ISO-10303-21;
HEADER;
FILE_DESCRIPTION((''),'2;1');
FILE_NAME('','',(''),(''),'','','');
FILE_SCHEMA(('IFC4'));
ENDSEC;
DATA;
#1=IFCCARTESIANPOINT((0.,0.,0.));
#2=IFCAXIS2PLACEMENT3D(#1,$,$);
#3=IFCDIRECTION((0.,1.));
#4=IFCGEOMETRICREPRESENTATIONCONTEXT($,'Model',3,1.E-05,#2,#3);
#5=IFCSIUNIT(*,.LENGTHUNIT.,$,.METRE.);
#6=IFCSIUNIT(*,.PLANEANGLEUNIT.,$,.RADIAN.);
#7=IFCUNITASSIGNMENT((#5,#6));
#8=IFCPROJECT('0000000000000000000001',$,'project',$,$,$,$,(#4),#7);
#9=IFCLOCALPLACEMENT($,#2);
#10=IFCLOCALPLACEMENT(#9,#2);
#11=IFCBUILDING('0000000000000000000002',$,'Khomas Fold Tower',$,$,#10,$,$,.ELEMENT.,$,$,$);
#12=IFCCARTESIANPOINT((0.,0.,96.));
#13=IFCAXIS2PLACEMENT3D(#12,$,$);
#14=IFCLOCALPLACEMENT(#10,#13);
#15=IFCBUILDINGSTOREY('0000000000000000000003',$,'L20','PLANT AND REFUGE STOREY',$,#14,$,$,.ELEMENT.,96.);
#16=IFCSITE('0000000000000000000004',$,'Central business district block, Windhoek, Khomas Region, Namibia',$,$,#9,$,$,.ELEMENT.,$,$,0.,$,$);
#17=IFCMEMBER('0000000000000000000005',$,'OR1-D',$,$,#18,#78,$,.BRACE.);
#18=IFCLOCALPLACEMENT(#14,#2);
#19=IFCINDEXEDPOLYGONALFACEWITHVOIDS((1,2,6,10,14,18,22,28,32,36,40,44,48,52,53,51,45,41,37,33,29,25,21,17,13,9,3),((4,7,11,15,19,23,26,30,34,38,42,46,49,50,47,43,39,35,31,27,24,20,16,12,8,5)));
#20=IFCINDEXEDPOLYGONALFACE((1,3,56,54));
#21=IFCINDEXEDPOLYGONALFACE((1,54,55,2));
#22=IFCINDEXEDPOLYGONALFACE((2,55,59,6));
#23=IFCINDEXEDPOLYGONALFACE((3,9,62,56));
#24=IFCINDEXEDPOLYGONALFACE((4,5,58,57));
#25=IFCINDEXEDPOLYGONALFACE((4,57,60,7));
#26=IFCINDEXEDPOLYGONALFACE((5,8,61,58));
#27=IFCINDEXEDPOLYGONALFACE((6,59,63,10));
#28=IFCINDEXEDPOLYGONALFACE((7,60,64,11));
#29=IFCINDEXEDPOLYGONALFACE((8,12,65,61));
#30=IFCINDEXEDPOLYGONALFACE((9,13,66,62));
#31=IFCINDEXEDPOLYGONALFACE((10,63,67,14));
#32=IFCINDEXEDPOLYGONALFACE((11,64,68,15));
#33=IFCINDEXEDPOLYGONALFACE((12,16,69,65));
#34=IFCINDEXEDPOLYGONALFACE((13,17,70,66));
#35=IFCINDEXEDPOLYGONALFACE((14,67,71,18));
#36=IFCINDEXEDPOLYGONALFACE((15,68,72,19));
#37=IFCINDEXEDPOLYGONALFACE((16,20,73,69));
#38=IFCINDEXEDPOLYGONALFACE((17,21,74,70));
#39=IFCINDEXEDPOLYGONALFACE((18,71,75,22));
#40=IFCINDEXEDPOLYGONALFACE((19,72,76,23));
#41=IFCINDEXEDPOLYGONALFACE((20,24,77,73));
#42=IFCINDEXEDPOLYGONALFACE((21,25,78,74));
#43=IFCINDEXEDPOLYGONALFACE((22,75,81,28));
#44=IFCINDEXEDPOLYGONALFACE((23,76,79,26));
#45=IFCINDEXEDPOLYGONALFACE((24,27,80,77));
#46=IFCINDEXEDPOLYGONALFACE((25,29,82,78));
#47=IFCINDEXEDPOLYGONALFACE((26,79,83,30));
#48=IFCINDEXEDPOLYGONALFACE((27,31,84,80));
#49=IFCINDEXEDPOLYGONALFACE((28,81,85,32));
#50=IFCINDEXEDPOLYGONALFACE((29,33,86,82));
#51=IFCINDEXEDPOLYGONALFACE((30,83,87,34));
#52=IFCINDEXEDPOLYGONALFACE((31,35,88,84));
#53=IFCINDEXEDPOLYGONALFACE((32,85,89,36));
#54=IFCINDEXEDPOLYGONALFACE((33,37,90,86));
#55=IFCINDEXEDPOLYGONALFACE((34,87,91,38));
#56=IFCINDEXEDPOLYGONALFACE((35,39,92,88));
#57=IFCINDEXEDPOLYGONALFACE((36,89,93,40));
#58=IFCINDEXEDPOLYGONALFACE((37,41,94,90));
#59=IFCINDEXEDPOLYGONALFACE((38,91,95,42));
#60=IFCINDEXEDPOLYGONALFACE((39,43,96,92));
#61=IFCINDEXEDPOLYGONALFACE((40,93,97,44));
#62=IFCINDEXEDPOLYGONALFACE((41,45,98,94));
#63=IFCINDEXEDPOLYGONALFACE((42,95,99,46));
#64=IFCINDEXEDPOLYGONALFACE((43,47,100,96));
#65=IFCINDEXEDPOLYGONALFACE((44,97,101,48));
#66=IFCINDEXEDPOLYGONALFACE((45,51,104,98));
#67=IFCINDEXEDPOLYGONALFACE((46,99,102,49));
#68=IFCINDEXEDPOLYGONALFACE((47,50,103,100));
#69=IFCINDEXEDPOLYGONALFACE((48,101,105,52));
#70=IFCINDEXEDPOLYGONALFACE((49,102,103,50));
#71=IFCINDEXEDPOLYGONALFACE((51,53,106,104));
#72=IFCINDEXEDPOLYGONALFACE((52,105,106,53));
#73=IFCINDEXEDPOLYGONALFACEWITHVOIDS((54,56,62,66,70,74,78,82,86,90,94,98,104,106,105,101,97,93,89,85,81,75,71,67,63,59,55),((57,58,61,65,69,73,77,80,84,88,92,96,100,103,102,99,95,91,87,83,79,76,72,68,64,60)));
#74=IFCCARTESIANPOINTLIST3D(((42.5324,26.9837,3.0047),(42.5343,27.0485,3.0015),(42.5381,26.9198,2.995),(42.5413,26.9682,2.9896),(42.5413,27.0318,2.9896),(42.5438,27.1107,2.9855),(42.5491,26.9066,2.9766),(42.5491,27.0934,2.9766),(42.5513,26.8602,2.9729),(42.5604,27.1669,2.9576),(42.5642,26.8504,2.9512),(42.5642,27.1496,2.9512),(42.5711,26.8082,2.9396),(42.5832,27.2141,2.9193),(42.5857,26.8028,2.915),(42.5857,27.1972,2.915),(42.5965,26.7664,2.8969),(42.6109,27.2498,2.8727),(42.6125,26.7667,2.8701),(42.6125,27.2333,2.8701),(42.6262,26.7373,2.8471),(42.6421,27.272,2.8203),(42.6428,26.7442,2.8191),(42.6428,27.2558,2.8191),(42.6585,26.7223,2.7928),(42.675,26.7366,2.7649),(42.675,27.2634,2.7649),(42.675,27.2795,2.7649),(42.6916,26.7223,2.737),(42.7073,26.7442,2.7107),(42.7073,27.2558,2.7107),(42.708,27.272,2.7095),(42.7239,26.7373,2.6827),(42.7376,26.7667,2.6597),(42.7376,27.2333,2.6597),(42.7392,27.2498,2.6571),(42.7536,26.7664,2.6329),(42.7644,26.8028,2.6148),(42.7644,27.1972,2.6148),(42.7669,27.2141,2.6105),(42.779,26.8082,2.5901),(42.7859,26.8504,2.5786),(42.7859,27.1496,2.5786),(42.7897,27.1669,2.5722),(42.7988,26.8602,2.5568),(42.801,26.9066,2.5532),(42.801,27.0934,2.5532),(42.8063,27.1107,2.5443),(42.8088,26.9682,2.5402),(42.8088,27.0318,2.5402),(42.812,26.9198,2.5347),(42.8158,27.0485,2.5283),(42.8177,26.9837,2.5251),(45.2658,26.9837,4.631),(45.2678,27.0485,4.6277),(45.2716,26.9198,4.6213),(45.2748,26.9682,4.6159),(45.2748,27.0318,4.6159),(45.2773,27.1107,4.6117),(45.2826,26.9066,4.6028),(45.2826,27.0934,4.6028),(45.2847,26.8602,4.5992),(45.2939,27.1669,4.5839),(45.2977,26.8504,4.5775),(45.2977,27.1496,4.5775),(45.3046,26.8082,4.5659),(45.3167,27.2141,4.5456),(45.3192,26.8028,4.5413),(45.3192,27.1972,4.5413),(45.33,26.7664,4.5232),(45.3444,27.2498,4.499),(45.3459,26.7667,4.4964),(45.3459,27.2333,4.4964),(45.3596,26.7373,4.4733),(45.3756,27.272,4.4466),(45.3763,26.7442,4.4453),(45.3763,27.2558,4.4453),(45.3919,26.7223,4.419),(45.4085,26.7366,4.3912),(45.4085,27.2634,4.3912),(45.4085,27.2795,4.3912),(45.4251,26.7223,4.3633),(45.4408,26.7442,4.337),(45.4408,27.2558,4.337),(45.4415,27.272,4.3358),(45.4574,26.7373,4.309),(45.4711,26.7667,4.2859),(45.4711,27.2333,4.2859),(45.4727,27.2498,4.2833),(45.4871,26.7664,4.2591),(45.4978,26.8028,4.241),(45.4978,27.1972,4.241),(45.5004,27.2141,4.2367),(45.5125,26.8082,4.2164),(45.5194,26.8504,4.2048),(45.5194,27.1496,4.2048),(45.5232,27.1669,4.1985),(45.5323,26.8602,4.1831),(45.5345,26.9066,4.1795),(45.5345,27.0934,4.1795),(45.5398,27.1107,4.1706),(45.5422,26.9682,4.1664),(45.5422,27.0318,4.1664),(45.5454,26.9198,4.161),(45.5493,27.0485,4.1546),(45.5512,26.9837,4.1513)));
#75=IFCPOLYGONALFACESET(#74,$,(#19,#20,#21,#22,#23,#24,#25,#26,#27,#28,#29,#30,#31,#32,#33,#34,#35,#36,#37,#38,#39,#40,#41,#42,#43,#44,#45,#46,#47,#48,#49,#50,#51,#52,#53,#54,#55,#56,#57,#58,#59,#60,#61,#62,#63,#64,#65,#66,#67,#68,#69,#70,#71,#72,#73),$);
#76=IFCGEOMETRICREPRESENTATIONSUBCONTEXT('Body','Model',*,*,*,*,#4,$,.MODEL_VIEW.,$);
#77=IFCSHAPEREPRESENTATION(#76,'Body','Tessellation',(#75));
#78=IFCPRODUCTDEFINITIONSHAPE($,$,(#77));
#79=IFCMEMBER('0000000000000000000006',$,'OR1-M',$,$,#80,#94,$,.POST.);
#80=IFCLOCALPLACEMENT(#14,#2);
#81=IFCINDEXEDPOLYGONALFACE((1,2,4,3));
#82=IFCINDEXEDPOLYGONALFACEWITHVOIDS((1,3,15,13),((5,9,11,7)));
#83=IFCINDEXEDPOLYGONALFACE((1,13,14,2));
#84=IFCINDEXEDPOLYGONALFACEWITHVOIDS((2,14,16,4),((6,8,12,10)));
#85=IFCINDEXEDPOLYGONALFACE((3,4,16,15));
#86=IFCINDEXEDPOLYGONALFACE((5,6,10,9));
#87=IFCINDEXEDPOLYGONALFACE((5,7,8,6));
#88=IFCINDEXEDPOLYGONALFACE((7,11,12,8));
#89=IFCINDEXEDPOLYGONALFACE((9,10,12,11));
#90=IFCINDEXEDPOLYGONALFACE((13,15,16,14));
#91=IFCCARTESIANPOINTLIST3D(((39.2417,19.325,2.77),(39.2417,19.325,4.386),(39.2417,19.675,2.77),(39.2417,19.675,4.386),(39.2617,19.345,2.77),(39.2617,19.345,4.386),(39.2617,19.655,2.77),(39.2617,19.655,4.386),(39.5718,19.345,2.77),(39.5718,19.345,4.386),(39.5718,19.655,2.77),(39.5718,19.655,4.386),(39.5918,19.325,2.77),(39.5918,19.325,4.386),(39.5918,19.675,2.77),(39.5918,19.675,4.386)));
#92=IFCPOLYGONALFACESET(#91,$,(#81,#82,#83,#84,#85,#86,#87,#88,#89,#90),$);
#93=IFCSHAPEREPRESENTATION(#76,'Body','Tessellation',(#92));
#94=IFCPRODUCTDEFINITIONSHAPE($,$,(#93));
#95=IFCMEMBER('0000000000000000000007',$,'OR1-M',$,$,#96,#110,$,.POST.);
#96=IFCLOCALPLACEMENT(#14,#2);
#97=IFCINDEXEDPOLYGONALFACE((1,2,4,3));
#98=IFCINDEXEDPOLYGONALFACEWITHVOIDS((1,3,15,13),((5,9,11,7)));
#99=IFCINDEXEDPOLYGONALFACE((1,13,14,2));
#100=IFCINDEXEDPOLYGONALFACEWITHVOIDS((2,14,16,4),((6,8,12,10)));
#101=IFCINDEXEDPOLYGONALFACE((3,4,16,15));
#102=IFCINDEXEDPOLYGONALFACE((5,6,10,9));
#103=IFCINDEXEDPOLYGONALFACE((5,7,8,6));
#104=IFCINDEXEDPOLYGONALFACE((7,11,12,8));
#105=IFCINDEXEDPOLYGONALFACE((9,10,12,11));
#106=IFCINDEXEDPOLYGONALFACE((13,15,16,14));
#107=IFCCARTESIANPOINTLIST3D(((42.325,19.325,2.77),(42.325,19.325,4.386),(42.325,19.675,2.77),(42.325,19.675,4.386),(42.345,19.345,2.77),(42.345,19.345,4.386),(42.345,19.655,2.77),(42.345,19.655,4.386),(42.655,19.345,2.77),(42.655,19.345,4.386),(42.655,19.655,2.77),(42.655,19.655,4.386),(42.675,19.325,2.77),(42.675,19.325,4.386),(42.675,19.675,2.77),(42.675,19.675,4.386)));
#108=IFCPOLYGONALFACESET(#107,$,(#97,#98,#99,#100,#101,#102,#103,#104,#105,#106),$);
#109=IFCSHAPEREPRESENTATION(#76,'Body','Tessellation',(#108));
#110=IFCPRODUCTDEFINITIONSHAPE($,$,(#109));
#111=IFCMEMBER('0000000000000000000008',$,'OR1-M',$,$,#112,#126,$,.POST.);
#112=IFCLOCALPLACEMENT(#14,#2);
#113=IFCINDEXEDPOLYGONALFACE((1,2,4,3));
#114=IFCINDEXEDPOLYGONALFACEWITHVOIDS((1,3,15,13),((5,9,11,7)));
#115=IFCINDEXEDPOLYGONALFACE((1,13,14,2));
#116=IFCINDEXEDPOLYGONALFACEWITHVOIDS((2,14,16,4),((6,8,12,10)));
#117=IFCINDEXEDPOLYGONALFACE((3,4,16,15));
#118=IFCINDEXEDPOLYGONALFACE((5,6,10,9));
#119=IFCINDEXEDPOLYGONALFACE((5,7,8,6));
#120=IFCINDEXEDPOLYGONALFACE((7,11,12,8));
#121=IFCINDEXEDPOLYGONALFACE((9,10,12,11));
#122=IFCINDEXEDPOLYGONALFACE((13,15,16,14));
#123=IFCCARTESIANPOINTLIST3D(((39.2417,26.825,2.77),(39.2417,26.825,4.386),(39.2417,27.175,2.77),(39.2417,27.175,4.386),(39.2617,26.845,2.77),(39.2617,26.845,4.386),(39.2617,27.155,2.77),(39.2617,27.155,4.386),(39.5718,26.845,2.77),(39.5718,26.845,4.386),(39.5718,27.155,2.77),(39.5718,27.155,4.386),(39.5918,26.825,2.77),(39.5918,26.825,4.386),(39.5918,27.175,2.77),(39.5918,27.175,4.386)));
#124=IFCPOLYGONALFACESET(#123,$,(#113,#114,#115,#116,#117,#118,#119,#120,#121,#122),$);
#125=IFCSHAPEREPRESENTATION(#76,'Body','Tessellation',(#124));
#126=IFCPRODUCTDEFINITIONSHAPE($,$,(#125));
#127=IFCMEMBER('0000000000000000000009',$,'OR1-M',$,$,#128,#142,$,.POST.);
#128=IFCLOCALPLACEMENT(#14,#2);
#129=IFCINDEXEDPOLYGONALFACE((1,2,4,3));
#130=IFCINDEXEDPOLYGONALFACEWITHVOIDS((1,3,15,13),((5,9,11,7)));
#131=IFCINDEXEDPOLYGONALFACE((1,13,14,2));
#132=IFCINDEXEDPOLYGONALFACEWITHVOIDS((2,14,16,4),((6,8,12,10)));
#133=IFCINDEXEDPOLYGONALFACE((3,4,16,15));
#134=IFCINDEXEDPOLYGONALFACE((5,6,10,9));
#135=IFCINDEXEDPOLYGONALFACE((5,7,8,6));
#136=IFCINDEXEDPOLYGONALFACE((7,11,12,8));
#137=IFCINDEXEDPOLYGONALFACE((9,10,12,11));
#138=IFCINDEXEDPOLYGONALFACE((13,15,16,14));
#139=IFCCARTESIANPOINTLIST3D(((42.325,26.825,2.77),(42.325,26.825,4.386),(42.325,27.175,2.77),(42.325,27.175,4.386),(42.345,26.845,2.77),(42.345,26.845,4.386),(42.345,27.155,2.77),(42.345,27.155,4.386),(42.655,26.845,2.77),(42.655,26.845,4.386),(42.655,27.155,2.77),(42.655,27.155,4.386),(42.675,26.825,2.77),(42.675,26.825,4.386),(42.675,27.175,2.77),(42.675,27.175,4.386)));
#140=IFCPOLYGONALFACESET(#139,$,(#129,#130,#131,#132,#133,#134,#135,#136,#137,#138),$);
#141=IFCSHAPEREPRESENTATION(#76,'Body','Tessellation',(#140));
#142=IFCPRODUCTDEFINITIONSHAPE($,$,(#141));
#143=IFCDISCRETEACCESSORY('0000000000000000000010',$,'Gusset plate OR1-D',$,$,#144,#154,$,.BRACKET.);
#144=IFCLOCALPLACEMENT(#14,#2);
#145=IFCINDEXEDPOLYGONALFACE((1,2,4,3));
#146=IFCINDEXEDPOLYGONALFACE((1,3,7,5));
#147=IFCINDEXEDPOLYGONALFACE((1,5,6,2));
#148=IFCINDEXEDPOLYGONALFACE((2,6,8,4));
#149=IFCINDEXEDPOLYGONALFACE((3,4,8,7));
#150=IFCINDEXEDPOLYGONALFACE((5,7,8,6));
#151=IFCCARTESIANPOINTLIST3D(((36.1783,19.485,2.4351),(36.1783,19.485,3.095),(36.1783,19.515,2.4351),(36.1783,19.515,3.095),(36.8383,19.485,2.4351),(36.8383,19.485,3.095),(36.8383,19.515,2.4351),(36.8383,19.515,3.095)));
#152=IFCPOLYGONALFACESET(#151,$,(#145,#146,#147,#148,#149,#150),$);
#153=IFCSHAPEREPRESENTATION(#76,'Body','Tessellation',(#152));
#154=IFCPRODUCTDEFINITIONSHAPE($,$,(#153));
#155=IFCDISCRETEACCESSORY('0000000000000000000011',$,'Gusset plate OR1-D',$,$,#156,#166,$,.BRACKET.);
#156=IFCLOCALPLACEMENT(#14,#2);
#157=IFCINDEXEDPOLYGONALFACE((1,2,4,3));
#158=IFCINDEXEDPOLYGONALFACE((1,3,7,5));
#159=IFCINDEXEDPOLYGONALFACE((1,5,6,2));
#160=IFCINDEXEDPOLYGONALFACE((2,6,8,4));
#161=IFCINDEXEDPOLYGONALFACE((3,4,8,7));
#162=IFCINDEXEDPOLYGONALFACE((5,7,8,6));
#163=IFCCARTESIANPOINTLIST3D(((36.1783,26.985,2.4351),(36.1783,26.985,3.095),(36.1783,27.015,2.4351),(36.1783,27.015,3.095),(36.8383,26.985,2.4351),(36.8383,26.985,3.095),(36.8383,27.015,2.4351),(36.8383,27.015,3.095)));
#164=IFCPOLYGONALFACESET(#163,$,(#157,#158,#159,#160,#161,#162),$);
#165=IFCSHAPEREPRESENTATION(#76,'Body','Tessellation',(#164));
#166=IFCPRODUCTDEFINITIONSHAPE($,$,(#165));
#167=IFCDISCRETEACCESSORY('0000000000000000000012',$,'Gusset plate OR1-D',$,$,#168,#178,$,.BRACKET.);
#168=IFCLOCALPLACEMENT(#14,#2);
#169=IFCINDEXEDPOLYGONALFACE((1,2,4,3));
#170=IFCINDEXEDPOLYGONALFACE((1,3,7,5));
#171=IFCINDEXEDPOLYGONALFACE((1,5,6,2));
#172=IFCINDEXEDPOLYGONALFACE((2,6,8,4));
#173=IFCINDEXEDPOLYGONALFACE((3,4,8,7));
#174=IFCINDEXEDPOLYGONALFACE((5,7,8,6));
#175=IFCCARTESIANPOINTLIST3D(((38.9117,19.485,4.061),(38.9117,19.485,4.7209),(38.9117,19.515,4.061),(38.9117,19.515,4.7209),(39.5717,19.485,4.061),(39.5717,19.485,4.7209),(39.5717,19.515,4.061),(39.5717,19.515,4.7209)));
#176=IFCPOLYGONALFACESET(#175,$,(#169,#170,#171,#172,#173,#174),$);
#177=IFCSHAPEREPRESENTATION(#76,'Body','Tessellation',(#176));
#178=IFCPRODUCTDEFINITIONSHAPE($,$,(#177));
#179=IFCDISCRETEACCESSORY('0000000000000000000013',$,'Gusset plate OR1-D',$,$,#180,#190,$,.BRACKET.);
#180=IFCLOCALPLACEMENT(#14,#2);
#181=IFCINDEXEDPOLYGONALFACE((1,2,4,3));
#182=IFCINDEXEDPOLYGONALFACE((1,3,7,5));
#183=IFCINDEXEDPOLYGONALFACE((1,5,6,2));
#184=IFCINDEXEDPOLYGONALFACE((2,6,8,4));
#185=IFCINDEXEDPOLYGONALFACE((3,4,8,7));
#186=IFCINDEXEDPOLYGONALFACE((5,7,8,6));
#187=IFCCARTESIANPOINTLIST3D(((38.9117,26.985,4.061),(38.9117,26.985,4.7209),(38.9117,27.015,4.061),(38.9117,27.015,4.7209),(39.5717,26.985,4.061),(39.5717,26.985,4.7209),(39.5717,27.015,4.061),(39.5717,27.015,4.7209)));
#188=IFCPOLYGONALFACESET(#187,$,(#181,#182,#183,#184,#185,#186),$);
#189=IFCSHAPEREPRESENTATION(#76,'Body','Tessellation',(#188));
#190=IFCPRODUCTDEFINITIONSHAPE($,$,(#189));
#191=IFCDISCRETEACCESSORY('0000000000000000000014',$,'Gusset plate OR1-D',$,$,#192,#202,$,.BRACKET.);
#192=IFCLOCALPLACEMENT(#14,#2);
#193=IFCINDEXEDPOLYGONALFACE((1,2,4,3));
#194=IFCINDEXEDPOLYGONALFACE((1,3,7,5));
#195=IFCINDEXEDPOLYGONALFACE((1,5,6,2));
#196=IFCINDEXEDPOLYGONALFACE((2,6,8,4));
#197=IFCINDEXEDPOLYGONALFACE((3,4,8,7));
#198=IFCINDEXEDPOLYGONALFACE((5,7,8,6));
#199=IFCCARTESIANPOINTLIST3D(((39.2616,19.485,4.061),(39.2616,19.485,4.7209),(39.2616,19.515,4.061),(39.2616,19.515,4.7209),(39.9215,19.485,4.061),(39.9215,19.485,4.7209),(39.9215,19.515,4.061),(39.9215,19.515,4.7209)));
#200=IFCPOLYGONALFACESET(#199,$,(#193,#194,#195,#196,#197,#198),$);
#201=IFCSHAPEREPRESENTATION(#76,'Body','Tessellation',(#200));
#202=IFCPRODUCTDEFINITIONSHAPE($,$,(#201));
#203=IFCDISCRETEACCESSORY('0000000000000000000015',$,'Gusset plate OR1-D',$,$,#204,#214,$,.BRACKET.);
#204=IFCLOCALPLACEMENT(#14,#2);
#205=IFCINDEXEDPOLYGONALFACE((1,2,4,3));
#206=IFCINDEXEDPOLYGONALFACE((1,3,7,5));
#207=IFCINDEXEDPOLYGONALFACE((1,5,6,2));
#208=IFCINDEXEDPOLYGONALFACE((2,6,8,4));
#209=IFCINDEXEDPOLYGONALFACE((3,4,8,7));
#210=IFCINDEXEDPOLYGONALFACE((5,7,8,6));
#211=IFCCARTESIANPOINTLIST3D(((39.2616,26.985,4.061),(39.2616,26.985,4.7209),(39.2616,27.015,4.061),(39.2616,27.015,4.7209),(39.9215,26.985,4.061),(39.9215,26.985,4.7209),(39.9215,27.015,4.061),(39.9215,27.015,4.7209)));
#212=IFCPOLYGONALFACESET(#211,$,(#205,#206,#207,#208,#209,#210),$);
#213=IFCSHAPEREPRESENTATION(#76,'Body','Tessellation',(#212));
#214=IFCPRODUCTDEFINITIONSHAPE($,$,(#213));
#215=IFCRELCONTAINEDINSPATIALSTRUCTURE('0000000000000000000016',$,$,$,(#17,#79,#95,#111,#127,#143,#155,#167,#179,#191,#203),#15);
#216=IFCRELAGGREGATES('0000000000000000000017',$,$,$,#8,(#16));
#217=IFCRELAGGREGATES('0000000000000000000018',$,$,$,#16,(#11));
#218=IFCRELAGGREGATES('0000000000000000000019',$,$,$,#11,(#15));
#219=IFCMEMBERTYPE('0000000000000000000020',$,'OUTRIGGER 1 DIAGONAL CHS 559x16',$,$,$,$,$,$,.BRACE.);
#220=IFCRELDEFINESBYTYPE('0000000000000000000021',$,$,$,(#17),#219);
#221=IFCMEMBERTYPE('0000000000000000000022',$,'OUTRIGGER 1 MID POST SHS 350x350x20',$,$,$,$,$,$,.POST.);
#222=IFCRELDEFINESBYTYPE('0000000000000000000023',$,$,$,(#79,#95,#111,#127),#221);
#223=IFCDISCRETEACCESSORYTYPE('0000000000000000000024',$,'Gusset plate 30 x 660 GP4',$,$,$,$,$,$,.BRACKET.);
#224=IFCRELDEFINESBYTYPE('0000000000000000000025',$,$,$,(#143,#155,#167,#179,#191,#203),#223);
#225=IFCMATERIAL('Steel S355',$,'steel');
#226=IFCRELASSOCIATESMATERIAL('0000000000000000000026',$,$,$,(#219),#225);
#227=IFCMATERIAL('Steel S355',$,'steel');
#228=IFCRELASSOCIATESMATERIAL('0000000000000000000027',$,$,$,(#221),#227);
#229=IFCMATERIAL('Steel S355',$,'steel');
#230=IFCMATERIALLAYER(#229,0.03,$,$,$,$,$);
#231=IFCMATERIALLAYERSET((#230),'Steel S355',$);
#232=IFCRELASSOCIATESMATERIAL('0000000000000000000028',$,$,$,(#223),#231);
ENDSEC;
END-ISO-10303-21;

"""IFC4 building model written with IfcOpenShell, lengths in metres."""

from ifc_helpers import new_model, si_unit, direction, frame, origin, origin_2d, place, context, subcontext, project, spatial, rectangle, hollow_rectangle, hollow_circle, extrude, source, transform, mapped, material, layer, layer_set, material_profile, profile_set, type_object, element, save


model = new_model("IFC4")

# Units and contexts
model_context = context("Model", 3, precision=1e-05, world=origin(), true_north=direction((0.0, 1.0)))
body_context = subcontext(model_context, "Body", "Model", "MODEL_VIEW")
ifc_project = project(units=[si_unit("LENGTHUNIT", "METRE"), si_unit("PLANEANGLEUNIT", "RADIAN")], contexts=[model_context])

# Site, building, storey
site_placement = place(None, origin())
site = spatial("IfcSite", under=ifc_project, at=site_placement, Name="Central business district block, Windhoek, Khomas Region, Namibia", CompositionType="ELEMENT", RefElevation=0.0)
building_placement = place(site_placement, origin())
building = spatial("IfcBuilding", under=site, at=building_placement, Name="Khomas Fold Tower", CompositionType="ELEMENT")
storey_placement = place(building_placement, frame((0.0, 0.0, 96.0)))
storey = spatial("IfcBuildingStorey", under=building, at=storey_placement, Name="L20", Description="PLANT AND REFUGE STOREY", CompositionType="ELEMENT", Elevation=96.0)

# Members
ifc_material_1 = material(Name="Steel S355", Category="steel")
ifc_material_profile_1 = material_profile(ifc_material_1, hollow_circle(Radius=0.2795, WallThickness=0.0161, at=origin_2d()), Name="CHS 559x16")
ifc_profile_set_1 = profile_set([ifc_material_profile_1], Name="Steel S355")
member_type_1 = type_object("IfcMemberType", Name="OUTRIGGER 1 DIAGONAL CHS 559x16", PredefinedType="BRACE", material=ifc_profile_set_1)
shared_shape_1 = source(origin(), body_context, "Body", "SweptSolid", [
    extrude(hollow_circle(Radius=0.2795, WallThickness=0.0161, at=origin_2d()), origin(), (0.0, 0.0, 1.0), 3.1807),
])
for number, where, z_axis, x_axis, name in (
    (1, (42.675, 27.0, 2.7649), (0.859404, 0.0, 0.511298), (0.0, 1.0, 0.0), "OR1-D"),
):
    element("IfcMember", number, at=place(storey_placement, frame(where, z_axis=z_axis, x_axis=x_axis)), inside=storey, type_object=member_type_1, Name=name, PredefinedType="BRACE", context=body_context, shape_type="MappedRepresentation", body=[
        mapped(shared_shape_1, transform((0.0, 0.0, 0.0))),
    ])
ifc_material_2 = material(Name="Steel S355", Category="steel")
ifc_material_profile_2 = material_profile(ifc_material_2, hollow_rectangle(XDim=0.3501, YDim=0.3501, WallThickness=0.02, at=origin_2d()), Name="SHS 350x350x20")
ifc_profile_set_2 = profile_set([ifc_material_profile_2], Name="Steel S355")
member_type_2 = type_object("IfcMemberType", Name="OUTRIGGER 1 MID POST SHS 350x350x20", PredefinedType="POST", material=ifc_profile_set_2)
shared_shape_2 = source(origin(), body_context, "Body", "SweptSolid", [
    extrude(hollow_rectangle(XDim=0.3501, YDim=0.3501, WallThickness=0.02, at=origin_2d()), origin(), (0.0, 0.0, 1.0), 1.616),
])
for number, where, z_axis, x_axis, name in (
    (2, (39.4167, 19.5, 2.77), (0.0, 0.0, 1.0), (1.0, 0.0, 0.0), "OR1-M"),
    (3, (42.5, 19.5, 2.77), (0.0, 0.0, 1.0), (1.0, 0.0, 0.0), "OR1-M"),
    (4, (39.4167, 27.0, 2.77), (0.0, 0.0, 1.0), (1.0, 0.0, 0.0), "OR1-M"),
    (5, (42.5, 27.0, 2.77), (0.0, 0.0, 1.0), (1.0, 0.0, 0.0), "OR1-M"),
):
    element("IfcMember", number, at=place(storey_placement, frame(where, z_axis=z_axis, x_axis=x_axis)), inside=storey, type_object=member_type_2, Name=name, PredefinedType="POST", context=body_context, shape_type="MappedRepresentation", body=[
        mapped(shared_shape_2, transform((0.0, 0.0, 0.0))),
    ])

# Discrete accessories
ifc_material_3 = material(Name="Steel S355", Category="steel")
ifc_layer = layer(ifc_material_3, 0.03)
ifc_layer_set = layer_set([ifc_layer], Name="Steel S355")
discrete_accessory_type = type_object("IfcDiscreteAccessoryType", Name="Gusset plate 30 x 660 GP4", PredefinedType="BRACKET", material=ifc_layer_set)
shared_shape_3 = source(origin(), body_context, "Body", "SweptSolid", [
    extrude(rectangle(XDim=0.6599, YDim=0.03, at=origin_2d()), origin(), (0.0, 0.0, 1.0), 0.6599),
])
for number, where, z_axis, x_axis, name in (
    (6, (36.5083, 19.5, 2.4351), (0.0, 0.0, 1.0), (1.0, 0.0, 0.0), "Gusset plate OR1-D"),
    (7, (36.5083, 27.0, 2.4351), (0.0, 0.0, 1.0), (1.0, 0.0, 0.0), "Gusset plate OR1-D"),
    (8, (39.2417, 19.5, 4.061), (0.0, 0.0, 1.0), (1.0, 0.0, 0.0), "Gusset plate OR1-D"),
    (9, (39.2417, 27.0, 4.061), (0.0, 0.0, 1.0), (1.0, 0.0, 0.0), "Gusset plate OR1-D"),
    (10, (39.5916, 19.5, 4.061), (0.0, 0.0, 1.0), (1.0, 0.0, 0.0), "Gusset plate OR1-D"),
    (11, (39.5916, 27.0, 4.061), (0.0, 0.0, 1.0), (1.0, 0.0, 0.0), "Gusset plate OR1-D"),
):
    element("IfcDiscreteAccessory", number, at=place(storey_placement, frame(where, z_axis=z_axis, x_axis=x_axis)), inside=storey, type_object=discrete_accessory_type, Name=name, PredefinedType="BRACKET", context=body_context, shape_type="MappedRepresentation", body=[
        mapped(shared_shape_3, transform((0.0, 0.0, 0.0))),
    ])

save(model, "model.ifc")
